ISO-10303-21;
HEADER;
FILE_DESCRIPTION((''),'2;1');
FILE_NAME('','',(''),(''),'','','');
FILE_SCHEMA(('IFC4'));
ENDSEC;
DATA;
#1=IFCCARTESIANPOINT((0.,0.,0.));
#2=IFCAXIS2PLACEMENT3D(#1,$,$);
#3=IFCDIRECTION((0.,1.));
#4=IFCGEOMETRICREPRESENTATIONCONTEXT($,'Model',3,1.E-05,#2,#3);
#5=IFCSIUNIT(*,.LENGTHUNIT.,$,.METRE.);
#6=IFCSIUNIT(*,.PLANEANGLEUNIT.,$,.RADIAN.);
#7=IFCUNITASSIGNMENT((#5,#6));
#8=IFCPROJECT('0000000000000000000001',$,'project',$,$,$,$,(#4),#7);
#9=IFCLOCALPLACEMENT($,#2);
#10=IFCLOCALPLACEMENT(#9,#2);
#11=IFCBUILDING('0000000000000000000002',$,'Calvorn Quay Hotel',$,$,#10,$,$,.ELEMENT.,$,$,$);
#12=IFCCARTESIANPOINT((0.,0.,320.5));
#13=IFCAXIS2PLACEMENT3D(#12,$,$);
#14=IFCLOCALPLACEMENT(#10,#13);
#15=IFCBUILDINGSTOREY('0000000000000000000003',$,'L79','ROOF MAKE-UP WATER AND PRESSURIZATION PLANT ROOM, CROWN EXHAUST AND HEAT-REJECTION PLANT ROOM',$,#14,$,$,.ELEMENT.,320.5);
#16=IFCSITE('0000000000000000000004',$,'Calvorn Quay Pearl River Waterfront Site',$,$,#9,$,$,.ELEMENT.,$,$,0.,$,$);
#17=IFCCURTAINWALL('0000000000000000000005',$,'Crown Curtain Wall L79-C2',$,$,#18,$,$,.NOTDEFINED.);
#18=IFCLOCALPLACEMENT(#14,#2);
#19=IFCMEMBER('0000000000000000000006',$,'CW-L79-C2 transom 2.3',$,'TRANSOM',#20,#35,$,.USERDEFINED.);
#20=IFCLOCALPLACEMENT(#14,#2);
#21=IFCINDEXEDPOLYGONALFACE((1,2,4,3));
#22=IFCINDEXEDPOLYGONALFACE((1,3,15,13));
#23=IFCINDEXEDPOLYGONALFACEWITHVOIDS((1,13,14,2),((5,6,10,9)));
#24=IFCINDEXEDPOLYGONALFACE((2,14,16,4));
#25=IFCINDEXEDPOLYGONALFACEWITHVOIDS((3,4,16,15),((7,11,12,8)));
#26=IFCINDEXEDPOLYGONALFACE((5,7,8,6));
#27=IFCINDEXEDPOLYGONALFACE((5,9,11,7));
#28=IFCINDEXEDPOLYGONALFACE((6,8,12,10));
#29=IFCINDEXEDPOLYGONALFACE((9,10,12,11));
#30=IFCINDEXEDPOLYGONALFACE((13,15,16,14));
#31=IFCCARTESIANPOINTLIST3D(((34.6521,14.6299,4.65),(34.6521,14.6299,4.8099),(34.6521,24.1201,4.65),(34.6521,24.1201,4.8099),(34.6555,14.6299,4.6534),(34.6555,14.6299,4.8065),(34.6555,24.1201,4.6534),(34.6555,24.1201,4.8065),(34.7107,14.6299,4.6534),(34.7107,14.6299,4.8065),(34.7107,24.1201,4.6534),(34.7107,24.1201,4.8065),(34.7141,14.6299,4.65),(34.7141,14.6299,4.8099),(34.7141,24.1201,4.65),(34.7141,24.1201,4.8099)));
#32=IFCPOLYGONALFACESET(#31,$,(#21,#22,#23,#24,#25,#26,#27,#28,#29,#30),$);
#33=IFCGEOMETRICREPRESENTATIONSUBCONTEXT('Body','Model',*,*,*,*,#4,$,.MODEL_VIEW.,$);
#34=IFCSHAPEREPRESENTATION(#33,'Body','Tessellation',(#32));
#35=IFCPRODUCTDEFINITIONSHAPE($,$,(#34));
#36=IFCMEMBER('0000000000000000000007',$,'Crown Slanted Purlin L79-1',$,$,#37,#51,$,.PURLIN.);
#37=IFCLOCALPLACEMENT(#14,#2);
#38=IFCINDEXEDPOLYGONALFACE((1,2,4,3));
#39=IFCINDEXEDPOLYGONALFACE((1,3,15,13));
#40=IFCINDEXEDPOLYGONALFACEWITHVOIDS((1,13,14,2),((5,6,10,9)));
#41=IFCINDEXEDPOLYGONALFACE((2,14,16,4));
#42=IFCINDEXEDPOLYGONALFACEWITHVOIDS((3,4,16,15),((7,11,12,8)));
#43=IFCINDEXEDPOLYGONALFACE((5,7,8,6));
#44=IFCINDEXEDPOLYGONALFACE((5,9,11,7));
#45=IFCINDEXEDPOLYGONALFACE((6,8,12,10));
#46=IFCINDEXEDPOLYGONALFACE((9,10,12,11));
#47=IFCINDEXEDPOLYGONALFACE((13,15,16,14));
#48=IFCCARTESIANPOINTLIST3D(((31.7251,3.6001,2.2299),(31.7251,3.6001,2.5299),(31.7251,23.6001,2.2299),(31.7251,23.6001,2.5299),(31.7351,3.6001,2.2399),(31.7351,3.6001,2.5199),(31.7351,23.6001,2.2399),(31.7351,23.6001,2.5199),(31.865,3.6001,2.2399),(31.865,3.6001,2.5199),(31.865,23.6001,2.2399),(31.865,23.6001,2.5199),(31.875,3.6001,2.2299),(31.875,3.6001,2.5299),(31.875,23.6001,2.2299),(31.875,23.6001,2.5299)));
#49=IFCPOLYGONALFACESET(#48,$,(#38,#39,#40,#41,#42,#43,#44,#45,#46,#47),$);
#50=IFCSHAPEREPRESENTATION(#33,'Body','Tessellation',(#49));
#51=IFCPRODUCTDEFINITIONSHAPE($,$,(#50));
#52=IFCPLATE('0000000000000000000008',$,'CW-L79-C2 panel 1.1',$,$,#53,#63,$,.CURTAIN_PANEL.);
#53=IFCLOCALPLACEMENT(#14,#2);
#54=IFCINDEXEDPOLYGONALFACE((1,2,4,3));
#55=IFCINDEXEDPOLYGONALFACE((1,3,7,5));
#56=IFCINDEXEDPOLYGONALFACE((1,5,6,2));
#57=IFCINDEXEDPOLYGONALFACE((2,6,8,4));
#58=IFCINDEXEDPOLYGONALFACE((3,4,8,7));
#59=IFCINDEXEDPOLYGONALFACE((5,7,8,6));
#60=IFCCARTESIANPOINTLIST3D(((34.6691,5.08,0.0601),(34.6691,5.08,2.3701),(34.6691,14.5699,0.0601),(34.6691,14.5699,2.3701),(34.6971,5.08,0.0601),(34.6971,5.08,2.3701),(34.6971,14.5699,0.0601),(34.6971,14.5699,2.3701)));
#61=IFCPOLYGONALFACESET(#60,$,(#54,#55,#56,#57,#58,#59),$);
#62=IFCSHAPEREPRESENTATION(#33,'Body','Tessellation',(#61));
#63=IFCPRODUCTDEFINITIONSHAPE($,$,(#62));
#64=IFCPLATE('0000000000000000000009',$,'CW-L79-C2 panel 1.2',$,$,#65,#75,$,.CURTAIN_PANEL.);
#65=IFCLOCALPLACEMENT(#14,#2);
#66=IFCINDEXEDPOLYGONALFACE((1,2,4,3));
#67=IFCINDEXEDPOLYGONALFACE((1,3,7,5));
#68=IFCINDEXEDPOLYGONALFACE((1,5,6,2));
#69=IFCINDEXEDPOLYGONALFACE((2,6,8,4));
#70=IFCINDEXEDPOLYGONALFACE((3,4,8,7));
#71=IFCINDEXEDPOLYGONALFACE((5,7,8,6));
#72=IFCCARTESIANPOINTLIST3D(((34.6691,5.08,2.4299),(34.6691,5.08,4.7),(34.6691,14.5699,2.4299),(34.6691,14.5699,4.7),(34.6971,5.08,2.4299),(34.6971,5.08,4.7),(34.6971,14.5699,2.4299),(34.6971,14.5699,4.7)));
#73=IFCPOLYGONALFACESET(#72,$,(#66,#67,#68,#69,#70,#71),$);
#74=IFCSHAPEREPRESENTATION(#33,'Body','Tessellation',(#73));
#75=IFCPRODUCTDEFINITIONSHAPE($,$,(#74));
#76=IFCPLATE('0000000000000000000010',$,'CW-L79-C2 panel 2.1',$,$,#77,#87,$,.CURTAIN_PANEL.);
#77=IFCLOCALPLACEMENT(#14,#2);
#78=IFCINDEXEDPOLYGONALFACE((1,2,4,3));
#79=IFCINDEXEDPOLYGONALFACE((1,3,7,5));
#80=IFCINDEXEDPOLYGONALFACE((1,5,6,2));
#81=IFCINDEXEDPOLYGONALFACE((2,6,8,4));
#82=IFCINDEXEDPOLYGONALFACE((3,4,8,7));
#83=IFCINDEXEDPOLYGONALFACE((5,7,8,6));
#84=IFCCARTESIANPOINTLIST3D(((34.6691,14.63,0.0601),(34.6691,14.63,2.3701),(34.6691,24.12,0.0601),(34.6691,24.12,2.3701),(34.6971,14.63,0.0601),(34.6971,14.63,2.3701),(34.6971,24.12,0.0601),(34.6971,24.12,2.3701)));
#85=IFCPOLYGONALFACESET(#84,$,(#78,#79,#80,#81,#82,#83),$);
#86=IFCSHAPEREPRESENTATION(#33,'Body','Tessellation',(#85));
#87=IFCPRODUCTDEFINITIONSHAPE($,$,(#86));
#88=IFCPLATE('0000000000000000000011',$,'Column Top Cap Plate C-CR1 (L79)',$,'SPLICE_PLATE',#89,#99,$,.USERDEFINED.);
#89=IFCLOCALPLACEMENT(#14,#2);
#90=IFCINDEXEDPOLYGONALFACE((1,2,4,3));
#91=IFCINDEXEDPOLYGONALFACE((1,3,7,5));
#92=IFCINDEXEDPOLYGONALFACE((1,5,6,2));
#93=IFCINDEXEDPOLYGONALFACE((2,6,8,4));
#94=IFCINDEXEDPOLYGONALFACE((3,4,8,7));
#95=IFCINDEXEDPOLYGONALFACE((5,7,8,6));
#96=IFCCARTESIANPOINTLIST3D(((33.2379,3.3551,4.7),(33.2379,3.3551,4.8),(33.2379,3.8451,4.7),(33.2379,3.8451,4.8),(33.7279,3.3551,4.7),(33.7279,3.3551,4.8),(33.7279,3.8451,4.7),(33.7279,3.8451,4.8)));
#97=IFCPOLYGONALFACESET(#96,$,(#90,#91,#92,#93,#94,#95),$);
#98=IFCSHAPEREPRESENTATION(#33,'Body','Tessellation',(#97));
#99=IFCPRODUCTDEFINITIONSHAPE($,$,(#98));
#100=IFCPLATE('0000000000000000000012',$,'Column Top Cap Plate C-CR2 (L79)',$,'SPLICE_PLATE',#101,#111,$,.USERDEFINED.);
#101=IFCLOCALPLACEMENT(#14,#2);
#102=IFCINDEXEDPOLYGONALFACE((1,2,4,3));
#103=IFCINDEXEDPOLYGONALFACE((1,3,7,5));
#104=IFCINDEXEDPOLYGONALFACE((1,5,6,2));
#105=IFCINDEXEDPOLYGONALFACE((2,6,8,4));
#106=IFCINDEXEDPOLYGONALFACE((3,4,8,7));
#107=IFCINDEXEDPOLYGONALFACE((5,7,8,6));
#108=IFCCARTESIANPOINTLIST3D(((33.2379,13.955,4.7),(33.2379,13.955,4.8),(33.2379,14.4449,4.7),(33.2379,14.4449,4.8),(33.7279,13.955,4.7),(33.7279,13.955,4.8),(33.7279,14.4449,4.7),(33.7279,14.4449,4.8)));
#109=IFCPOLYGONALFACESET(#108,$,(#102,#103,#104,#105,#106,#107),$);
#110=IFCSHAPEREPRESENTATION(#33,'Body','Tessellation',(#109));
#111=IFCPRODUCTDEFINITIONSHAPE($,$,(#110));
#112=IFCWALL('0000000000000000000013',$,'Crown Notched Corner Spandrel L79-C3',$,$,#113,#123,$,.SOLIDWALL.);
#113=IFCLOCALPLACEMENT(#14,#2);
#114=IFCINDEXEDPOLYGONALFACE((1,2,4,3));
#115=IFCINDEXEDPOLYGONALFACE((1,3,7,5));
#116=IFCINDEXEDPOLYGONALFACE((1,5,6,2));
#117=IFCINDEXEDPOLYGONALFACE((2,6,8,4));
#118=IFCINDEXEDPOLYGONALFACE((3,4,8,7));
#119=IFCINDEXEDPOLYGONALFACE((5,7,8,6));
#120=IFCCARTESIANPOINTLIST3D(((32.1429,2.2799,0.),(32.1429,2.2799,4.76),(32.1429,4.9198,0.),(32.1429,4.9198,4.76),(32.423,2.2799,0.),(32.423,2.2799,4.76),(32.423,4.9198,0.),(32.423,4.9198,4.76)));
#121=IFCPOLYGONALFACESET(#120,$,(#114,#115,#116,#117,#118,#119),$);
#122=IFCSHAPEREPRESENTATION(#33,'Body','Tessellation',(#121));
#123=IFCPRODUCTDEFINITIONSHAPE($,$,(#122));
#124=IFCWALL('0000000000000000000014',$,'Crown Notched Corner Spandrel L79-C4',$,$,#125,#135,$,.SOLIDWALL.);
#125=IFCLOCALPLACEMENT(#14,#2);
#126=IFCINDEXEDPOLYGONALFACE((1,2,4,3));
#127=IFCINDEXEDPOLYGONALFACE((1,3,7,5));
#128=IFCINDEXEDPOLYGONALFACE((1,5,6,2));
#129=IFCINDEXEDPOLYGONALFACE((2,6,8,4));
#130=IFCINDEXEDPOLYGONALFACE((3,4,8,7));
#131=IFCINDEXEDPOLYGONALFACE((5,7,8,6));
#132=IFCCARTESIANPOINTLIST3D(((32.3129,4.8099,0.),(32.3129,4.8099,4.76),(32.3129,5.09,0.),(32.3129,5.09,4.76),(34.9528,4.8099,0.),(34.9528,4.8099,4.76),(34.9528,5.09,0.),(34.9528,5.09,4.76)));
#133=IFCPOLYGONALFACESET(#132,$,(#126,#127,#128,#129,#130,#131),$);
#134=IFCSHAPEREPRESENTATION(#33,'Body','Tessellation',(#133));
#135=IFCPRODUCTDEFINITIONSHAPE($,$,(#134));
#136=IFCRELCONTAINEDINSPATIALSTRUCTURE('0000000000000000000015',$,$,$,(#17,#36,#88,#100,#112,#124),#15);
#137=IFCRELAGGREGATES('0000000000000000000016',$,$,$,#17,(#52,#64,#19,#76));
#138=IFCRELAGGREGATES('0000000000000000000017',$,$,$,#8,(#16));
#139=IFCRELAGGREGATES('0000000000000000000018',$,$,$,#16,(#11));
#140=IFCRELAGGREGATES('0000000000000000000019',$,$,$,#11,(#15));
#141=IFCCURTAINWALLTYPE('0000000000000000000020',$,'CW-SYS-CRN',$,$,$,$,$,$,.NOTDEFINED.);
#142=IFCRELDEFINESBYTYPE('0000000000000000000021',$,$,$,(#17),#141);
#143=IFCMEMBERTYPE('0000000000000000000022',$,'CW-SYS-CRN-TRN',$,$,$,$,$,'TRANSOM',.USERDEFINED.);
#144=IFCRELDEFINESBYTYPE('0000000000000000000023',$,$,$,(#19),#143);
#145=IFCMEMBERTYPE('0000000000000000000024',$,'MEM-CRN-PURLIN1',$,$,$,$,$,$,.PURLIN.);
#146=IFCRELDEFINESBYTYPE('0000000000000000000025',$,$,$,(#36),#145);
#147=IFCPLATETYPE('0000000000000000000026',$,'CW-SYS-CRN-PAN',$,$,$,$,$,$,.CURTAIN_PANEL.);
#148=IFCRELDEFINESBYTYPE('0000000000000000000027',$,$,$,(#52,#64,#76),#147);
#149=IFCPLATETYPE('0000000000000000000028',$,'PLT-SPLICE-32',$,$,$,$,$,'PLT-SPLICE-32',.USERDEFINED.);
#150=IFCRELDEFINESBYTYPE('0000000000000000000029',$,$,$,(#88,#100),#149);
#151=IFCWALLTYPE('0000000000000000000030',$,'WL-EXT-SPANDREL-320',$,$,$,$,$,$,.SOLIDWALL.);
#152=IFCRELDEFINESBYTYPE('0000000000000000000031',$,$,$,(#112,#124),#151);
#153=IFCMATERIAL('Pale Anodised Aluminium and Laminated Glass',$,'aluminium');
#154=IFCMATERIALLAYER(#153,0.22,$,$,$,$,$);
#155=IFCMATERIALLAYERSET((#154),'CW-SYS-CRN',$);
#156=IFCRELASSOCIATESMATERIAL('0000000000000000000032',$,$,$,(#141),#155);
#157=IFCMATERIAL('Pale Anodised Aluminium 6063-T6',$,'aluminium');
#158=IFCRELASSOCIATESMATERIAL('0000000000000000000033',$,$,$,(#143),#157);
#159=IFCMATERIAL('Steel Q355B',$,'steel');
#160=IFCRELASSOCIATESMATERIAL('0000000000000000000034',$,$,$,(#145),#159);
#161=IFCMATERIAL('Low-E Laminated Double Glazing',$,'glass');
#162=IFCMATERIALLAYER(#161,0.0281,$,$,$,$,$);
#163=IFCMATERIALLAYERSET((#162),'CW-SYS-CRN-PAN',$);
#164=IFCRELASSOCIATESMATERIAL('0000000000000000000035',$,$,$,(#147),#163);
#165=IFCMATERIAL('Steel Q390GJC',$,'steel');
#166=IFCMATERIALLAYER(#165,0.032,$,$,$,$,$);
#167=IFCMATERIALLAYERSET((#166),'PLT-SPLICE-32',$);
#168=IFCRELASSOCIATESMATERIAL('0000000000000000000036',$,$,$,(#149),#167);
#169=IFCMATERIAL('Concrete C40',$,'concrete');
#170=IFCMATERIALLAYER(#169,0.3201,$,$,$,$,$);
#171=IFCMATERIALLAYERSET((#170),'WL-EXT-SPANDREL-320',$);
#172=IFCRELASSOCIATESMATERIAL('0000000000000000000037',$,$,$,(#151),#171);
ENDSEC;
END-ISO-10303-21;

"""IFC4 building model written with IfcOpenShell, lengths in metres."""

from ifc_helpers import new_model, si_unit, direction, frame, frame_2d, origin, origin_2d, place, context, subcontext, project, spatial, rectangle, hollow_rectangle, extrude, material, layer, layer_set, material_profile, profile_set, type_object, element, aggregate, save


model = new_model("IFC4")

# Units and contexts
model_context = context("Model", 3, precision=1e-05, world=origin(), true_north=direction((0.0, 1.0)))
body_context = subcontext(model_context, "Body", "Model", "MODEL_VIEW")
ifc_project = project(units=[si_unit("LENGTHUNIT", "METRE"), si_unit("PLANEANGLEUNIT", "RADIAN")], contexts=[model_context])

# Site, building, storey
site_placement = place(None, origin())
site = spatial("IfcSite", under=ifc_project, at=site_placement, Name="Calvorn Quay Pearl River Waterfront Site", CompositionType="ELEMENT", RefElevation=0.0)
building_placement = place(site_placement, origin())
building = spatial("IfcBuilding", under=site, at=building_placement, Name="Calvorn Quay Hotel", CompositionType="ELEMENT")
storey_placement = place(building_placement, frame((0.0, 0.0, 320.5)))
storey = spatial("IfcBuildingStorey", under=building, at=storey_placement, Name="L79", Description="ROOF MAKE-UP WATER AND PRESSURIZATION PLANT ROOM, CROWN EXHAUST AND HEAT-REJECTION PLANT ROOM", CompositionType="ELEMENT", Elevation=320.5)

# Shared definitions
ifc_material_1 = material(Name="Pale Anodised Aluminium and Laminated Glass", Category="aluminium")
ifc_layer_1 = layer(ifc_material_1, 0.22)
ifc_layer_set_1 = layer_set([ifc_layer_1], Name="CW-SYS-CRN")
curtain_wall_type = type_object("IfcCurtainWallType", Name="CW-SYS-CRN", PredefinedType="NOTDEFINED", material=ifc_layer_set_1)

# Curtain wall, member
curtain_wall_1_placement = place(storey_placement, origin())
curtain_wall_1 = element("IfcCurtainWall", 1, at=curtain_wall_1_placement, inside=storey, type_object=curtain_wall_type, Name="Crown Curtain Wall L79-C2", PredefinedType="NOTDEFINED")
ifc_material_2 = material(Name="Pale Anodised Aluminium 6063-T6", Category="aluminium")
ifc_material_profile_1 = material_profile(ifc_material_2, hollow_rectangle(XDim=0.062, YDim=0.1599, WallThickness=0.0034, at=origin_2d()), Name="ALU-T160x62x3.5")
ifc_profile_set_1 = profile_set([ifc_material_profile_1], Name="Pale Anodised Aluminium 6063-T6")
member_type_1 = type_object("IfcMemberType", Name="CW-SYS-CRN-TRN", ElementType="TRANSOM", PredefinedType="USERDEFINED", material=ifc_profile_set_1)
member_1_placement = place(storey_placement, frame((34.6831, 14.6299, 4.73), z_axis=(0.0, 1.0, 0.0), x_axis=(-1.0, 0.0, 0.0)))
member_1 = element("IfcMember", 2, at=member_1_placement, type_object=member_type_1, Name="CW-L79-C2 transom 2.3", ObjectType="TRANSOM", PredefinedType="USERDEFINED", context=body_context, shape_type="SweptSolid", body=[
    extrude(hollow_rectangle(XDim=0.062, YDim=0.1599, WallThickness=0.0034, at=origin_2d()), origin(), (0.0, 0.0, 1.0), 9.4902),
])

# Member
ifc_material_3 = material(Name="Steel Q355B", Category="steel")
ifc_material_profile_2 = material_profile(ifc_material_3, hollow_rectangle(XDim=0.1499, YDim=0.3, WallThickness=0.01, at=origin_2d()), Name="RHS300x150x10")
ifc_profile_set_2 = profile_set([ifc_material_profile_2], Name="Steel Q355B")
member_type_2 = type_object("IfcMemberType", Name="MEM-CRN-PURLIN1", PredefinedType="PURLIN", material=ifc_profile_set_2)
member_2_placement = place(storey_placement, frame((31.8, 3.6001, 2.3799), z_axis=(0.0, 1.0, 0.0), x_axis=(-1.0, 0.0, 0.0)))
element("IfcMember", 3, at=member_2_placement, inside=storey, type_object=member_type_2, Name="Crown Slanted Purlin L79-1", PredefinedType="PURLIN", context=body_context, shape_type="SweptSolid", body=[
    extrude(hollow_rectangle(XDim=0.1499, YDim=0.3, WallThickness=0.01, at=origin_2d()), origin(), (0.0, 0.0, 1.0), 20.0),
])

# Plates
ifc_material_4 = material(Name="Low-E Laminated Double Glazing", Category="glass")
ifc_layer_2 = layer(ifc_material_4, 0.0281)
ifc_layer_set_2 = layer_set([ifc_layer_2], Name="CW-SYS-CRN-PAN")
plate_type_1 = type_object("IfcPlateType", Name="CW-SYS-CRN-PAN", PredefinedType="CURTAIN_PANEL", material=ifc_layer_set_2)
plate_1_placement = place(storey_placement, frame((34.6831, 9.825, 0.0601), z_axis=(0.0, 0.0, 1.0), x_axis=(0.0, 1.0, 0.0)))
plate_1 = element("IfcPlate", 4, at=plate_1_placement, type_object=plate_type_1, Name="CW-L79-C2 panel 1.1", PredefinedType="CURTAIN_PANEL", context=body_context, shape_type="SweptSolid", body=[
    extrude(rectangle(XDim=9.49, YDim=0.0281, at=origin_2d()), origin(), (0.0, 0.0, 1.0), 2.3101),
])
plate_2_placement = place(storey_placement, frame((34.6831, 9.825, 2.4299), z_axis=(0.0, 0.0, 1.0), x_axis=(0.0, 1.0, 0.0)))
plate_2 = element("IfcPlate", 5, at=plate_2_placement, type_object=plate_type_1, Name="CW-L79-C2 panel 1.2", PredefinedType="CURTAIN_PANEL", context=body_context, shape_type="SweptSolid", body=[
    extrude(rectangle(XDim=9.49, YDim=0.0281, at=origin_2d()), origin(), (0.0, 0.0, 1.0), 2.27),
])
plate_3_placement = place(storey_placement, frame((34.6831, 19.375, 0.0601), z_axis=(0.0, 0.0, 1.0), x_axis=(0.0, 1.0, 0.0)))
plate_3 = element("IfcPlate", 6, at=plate_3_placement, type_object=plate_type_1, Name="CW-L79-C2 panel 2.1", PredefinedType="CURTAIN_PANEL", context=body_context, shape_type="SweptSolid", body=[
    extrude(rectangle(XDim=9.49, YDim=0.0281, at=origin_2d()), origin(), (0.0, 0.0, 1.0), 2.3101),
])
aggregate(curtain_wall_1, [plate_1, plate_2, member_1, plate_3])

# Plates
ifc_material_5 = material(Name="Steel Q390GJC", Category="steel")
ifc_layer_3 = layer(ifc_material_5, 0.032)
ifc_layer_set_3 = layer_set([ifc_layer_3], Name="PLT-SPLICE-32")
plate_type_2 = type_object("IfcPlateType", Name="PLT-SPLICE-32", ElementType="PLT-SPLICE-32", PredefinedType="USERDEFINED", material=ifc_layer_set_3)
for number, where, z_axis, x_axis, name in (
    (7, (33.4829, 3.6001, 4.7), (0.0, 0.0, 1.0), (1.0, 0.0, 0.0), "Column Top Cap Plate C-CR1 (L79)"),
    (8, (33.4829, 14.2, 4.7), (0.0, 0.0, 1.0), (1.0, 0.0, 0.0), "Column Top Cap Plate C-CR2 (L79)"),
):
    element("IfcPlate", number, at=place(storey_placement, frame(where, z_axis=z_axis, x_axis=x_axis)), inside=storey, type_object=plate_type_2, Name=name, ObjectType="SPLICE_PLATE", PredefinedType="USERDEFINED", context=body_context, shape_type="SweptSolid", body=[
        extrude(rectangle(XDim=0.49, YDim=0.49, at=origin_2d()), origin(), (0.0, 0.0, 1.0), 0.1001),
    ])

# Walls
ifc_material_6 = material(Name="Concrete C40", Category="concrete")
ifc_layer_4 = layer(ifc_material_6, 0.3201)
ifc_layer_set_4 = layer_set([ifc_layer_4], Name="WL-EXT-SPANDREL-320")
wall_type = type_object("IfcWallType", Name="WL-EXT-SPANDREL-320", PredefinedType="SOLIDWALL", material=ifc_layer_set_4)
for number, where, z_axis, x_axis, name in (
    (9, (32.283, 2.28, 0.0), (0.0, 0.0, 1.0), (0.0, 1.0, 0.0), "Crown Notched Corner Spandrel L79-C3"),
    (10, (32.313, 4.95, 0.0), (0.0, 0.0, 1.0), (1.0, 0.0, 0.0), "Crown Notched Corner Spandrel L79-C4"),
):
    element("IfcWall", number, at=place(storey_placement, frame(where, z_axis=z_axis, x_axis=x_axis)), inside=storey, type_object=wall_type, Name=name, PredefinedType="SOLIDWALL", context=body_context, shape_type="SweptSolid", body=[
        extrude(rectangle(XDim=2.6399, YDim=0.28, at=frame_2d((1.3198, 0.0))), origin(), (0.0, 0.0, 1.0), 4.76),
    ])

save(model, "model.ifc")
